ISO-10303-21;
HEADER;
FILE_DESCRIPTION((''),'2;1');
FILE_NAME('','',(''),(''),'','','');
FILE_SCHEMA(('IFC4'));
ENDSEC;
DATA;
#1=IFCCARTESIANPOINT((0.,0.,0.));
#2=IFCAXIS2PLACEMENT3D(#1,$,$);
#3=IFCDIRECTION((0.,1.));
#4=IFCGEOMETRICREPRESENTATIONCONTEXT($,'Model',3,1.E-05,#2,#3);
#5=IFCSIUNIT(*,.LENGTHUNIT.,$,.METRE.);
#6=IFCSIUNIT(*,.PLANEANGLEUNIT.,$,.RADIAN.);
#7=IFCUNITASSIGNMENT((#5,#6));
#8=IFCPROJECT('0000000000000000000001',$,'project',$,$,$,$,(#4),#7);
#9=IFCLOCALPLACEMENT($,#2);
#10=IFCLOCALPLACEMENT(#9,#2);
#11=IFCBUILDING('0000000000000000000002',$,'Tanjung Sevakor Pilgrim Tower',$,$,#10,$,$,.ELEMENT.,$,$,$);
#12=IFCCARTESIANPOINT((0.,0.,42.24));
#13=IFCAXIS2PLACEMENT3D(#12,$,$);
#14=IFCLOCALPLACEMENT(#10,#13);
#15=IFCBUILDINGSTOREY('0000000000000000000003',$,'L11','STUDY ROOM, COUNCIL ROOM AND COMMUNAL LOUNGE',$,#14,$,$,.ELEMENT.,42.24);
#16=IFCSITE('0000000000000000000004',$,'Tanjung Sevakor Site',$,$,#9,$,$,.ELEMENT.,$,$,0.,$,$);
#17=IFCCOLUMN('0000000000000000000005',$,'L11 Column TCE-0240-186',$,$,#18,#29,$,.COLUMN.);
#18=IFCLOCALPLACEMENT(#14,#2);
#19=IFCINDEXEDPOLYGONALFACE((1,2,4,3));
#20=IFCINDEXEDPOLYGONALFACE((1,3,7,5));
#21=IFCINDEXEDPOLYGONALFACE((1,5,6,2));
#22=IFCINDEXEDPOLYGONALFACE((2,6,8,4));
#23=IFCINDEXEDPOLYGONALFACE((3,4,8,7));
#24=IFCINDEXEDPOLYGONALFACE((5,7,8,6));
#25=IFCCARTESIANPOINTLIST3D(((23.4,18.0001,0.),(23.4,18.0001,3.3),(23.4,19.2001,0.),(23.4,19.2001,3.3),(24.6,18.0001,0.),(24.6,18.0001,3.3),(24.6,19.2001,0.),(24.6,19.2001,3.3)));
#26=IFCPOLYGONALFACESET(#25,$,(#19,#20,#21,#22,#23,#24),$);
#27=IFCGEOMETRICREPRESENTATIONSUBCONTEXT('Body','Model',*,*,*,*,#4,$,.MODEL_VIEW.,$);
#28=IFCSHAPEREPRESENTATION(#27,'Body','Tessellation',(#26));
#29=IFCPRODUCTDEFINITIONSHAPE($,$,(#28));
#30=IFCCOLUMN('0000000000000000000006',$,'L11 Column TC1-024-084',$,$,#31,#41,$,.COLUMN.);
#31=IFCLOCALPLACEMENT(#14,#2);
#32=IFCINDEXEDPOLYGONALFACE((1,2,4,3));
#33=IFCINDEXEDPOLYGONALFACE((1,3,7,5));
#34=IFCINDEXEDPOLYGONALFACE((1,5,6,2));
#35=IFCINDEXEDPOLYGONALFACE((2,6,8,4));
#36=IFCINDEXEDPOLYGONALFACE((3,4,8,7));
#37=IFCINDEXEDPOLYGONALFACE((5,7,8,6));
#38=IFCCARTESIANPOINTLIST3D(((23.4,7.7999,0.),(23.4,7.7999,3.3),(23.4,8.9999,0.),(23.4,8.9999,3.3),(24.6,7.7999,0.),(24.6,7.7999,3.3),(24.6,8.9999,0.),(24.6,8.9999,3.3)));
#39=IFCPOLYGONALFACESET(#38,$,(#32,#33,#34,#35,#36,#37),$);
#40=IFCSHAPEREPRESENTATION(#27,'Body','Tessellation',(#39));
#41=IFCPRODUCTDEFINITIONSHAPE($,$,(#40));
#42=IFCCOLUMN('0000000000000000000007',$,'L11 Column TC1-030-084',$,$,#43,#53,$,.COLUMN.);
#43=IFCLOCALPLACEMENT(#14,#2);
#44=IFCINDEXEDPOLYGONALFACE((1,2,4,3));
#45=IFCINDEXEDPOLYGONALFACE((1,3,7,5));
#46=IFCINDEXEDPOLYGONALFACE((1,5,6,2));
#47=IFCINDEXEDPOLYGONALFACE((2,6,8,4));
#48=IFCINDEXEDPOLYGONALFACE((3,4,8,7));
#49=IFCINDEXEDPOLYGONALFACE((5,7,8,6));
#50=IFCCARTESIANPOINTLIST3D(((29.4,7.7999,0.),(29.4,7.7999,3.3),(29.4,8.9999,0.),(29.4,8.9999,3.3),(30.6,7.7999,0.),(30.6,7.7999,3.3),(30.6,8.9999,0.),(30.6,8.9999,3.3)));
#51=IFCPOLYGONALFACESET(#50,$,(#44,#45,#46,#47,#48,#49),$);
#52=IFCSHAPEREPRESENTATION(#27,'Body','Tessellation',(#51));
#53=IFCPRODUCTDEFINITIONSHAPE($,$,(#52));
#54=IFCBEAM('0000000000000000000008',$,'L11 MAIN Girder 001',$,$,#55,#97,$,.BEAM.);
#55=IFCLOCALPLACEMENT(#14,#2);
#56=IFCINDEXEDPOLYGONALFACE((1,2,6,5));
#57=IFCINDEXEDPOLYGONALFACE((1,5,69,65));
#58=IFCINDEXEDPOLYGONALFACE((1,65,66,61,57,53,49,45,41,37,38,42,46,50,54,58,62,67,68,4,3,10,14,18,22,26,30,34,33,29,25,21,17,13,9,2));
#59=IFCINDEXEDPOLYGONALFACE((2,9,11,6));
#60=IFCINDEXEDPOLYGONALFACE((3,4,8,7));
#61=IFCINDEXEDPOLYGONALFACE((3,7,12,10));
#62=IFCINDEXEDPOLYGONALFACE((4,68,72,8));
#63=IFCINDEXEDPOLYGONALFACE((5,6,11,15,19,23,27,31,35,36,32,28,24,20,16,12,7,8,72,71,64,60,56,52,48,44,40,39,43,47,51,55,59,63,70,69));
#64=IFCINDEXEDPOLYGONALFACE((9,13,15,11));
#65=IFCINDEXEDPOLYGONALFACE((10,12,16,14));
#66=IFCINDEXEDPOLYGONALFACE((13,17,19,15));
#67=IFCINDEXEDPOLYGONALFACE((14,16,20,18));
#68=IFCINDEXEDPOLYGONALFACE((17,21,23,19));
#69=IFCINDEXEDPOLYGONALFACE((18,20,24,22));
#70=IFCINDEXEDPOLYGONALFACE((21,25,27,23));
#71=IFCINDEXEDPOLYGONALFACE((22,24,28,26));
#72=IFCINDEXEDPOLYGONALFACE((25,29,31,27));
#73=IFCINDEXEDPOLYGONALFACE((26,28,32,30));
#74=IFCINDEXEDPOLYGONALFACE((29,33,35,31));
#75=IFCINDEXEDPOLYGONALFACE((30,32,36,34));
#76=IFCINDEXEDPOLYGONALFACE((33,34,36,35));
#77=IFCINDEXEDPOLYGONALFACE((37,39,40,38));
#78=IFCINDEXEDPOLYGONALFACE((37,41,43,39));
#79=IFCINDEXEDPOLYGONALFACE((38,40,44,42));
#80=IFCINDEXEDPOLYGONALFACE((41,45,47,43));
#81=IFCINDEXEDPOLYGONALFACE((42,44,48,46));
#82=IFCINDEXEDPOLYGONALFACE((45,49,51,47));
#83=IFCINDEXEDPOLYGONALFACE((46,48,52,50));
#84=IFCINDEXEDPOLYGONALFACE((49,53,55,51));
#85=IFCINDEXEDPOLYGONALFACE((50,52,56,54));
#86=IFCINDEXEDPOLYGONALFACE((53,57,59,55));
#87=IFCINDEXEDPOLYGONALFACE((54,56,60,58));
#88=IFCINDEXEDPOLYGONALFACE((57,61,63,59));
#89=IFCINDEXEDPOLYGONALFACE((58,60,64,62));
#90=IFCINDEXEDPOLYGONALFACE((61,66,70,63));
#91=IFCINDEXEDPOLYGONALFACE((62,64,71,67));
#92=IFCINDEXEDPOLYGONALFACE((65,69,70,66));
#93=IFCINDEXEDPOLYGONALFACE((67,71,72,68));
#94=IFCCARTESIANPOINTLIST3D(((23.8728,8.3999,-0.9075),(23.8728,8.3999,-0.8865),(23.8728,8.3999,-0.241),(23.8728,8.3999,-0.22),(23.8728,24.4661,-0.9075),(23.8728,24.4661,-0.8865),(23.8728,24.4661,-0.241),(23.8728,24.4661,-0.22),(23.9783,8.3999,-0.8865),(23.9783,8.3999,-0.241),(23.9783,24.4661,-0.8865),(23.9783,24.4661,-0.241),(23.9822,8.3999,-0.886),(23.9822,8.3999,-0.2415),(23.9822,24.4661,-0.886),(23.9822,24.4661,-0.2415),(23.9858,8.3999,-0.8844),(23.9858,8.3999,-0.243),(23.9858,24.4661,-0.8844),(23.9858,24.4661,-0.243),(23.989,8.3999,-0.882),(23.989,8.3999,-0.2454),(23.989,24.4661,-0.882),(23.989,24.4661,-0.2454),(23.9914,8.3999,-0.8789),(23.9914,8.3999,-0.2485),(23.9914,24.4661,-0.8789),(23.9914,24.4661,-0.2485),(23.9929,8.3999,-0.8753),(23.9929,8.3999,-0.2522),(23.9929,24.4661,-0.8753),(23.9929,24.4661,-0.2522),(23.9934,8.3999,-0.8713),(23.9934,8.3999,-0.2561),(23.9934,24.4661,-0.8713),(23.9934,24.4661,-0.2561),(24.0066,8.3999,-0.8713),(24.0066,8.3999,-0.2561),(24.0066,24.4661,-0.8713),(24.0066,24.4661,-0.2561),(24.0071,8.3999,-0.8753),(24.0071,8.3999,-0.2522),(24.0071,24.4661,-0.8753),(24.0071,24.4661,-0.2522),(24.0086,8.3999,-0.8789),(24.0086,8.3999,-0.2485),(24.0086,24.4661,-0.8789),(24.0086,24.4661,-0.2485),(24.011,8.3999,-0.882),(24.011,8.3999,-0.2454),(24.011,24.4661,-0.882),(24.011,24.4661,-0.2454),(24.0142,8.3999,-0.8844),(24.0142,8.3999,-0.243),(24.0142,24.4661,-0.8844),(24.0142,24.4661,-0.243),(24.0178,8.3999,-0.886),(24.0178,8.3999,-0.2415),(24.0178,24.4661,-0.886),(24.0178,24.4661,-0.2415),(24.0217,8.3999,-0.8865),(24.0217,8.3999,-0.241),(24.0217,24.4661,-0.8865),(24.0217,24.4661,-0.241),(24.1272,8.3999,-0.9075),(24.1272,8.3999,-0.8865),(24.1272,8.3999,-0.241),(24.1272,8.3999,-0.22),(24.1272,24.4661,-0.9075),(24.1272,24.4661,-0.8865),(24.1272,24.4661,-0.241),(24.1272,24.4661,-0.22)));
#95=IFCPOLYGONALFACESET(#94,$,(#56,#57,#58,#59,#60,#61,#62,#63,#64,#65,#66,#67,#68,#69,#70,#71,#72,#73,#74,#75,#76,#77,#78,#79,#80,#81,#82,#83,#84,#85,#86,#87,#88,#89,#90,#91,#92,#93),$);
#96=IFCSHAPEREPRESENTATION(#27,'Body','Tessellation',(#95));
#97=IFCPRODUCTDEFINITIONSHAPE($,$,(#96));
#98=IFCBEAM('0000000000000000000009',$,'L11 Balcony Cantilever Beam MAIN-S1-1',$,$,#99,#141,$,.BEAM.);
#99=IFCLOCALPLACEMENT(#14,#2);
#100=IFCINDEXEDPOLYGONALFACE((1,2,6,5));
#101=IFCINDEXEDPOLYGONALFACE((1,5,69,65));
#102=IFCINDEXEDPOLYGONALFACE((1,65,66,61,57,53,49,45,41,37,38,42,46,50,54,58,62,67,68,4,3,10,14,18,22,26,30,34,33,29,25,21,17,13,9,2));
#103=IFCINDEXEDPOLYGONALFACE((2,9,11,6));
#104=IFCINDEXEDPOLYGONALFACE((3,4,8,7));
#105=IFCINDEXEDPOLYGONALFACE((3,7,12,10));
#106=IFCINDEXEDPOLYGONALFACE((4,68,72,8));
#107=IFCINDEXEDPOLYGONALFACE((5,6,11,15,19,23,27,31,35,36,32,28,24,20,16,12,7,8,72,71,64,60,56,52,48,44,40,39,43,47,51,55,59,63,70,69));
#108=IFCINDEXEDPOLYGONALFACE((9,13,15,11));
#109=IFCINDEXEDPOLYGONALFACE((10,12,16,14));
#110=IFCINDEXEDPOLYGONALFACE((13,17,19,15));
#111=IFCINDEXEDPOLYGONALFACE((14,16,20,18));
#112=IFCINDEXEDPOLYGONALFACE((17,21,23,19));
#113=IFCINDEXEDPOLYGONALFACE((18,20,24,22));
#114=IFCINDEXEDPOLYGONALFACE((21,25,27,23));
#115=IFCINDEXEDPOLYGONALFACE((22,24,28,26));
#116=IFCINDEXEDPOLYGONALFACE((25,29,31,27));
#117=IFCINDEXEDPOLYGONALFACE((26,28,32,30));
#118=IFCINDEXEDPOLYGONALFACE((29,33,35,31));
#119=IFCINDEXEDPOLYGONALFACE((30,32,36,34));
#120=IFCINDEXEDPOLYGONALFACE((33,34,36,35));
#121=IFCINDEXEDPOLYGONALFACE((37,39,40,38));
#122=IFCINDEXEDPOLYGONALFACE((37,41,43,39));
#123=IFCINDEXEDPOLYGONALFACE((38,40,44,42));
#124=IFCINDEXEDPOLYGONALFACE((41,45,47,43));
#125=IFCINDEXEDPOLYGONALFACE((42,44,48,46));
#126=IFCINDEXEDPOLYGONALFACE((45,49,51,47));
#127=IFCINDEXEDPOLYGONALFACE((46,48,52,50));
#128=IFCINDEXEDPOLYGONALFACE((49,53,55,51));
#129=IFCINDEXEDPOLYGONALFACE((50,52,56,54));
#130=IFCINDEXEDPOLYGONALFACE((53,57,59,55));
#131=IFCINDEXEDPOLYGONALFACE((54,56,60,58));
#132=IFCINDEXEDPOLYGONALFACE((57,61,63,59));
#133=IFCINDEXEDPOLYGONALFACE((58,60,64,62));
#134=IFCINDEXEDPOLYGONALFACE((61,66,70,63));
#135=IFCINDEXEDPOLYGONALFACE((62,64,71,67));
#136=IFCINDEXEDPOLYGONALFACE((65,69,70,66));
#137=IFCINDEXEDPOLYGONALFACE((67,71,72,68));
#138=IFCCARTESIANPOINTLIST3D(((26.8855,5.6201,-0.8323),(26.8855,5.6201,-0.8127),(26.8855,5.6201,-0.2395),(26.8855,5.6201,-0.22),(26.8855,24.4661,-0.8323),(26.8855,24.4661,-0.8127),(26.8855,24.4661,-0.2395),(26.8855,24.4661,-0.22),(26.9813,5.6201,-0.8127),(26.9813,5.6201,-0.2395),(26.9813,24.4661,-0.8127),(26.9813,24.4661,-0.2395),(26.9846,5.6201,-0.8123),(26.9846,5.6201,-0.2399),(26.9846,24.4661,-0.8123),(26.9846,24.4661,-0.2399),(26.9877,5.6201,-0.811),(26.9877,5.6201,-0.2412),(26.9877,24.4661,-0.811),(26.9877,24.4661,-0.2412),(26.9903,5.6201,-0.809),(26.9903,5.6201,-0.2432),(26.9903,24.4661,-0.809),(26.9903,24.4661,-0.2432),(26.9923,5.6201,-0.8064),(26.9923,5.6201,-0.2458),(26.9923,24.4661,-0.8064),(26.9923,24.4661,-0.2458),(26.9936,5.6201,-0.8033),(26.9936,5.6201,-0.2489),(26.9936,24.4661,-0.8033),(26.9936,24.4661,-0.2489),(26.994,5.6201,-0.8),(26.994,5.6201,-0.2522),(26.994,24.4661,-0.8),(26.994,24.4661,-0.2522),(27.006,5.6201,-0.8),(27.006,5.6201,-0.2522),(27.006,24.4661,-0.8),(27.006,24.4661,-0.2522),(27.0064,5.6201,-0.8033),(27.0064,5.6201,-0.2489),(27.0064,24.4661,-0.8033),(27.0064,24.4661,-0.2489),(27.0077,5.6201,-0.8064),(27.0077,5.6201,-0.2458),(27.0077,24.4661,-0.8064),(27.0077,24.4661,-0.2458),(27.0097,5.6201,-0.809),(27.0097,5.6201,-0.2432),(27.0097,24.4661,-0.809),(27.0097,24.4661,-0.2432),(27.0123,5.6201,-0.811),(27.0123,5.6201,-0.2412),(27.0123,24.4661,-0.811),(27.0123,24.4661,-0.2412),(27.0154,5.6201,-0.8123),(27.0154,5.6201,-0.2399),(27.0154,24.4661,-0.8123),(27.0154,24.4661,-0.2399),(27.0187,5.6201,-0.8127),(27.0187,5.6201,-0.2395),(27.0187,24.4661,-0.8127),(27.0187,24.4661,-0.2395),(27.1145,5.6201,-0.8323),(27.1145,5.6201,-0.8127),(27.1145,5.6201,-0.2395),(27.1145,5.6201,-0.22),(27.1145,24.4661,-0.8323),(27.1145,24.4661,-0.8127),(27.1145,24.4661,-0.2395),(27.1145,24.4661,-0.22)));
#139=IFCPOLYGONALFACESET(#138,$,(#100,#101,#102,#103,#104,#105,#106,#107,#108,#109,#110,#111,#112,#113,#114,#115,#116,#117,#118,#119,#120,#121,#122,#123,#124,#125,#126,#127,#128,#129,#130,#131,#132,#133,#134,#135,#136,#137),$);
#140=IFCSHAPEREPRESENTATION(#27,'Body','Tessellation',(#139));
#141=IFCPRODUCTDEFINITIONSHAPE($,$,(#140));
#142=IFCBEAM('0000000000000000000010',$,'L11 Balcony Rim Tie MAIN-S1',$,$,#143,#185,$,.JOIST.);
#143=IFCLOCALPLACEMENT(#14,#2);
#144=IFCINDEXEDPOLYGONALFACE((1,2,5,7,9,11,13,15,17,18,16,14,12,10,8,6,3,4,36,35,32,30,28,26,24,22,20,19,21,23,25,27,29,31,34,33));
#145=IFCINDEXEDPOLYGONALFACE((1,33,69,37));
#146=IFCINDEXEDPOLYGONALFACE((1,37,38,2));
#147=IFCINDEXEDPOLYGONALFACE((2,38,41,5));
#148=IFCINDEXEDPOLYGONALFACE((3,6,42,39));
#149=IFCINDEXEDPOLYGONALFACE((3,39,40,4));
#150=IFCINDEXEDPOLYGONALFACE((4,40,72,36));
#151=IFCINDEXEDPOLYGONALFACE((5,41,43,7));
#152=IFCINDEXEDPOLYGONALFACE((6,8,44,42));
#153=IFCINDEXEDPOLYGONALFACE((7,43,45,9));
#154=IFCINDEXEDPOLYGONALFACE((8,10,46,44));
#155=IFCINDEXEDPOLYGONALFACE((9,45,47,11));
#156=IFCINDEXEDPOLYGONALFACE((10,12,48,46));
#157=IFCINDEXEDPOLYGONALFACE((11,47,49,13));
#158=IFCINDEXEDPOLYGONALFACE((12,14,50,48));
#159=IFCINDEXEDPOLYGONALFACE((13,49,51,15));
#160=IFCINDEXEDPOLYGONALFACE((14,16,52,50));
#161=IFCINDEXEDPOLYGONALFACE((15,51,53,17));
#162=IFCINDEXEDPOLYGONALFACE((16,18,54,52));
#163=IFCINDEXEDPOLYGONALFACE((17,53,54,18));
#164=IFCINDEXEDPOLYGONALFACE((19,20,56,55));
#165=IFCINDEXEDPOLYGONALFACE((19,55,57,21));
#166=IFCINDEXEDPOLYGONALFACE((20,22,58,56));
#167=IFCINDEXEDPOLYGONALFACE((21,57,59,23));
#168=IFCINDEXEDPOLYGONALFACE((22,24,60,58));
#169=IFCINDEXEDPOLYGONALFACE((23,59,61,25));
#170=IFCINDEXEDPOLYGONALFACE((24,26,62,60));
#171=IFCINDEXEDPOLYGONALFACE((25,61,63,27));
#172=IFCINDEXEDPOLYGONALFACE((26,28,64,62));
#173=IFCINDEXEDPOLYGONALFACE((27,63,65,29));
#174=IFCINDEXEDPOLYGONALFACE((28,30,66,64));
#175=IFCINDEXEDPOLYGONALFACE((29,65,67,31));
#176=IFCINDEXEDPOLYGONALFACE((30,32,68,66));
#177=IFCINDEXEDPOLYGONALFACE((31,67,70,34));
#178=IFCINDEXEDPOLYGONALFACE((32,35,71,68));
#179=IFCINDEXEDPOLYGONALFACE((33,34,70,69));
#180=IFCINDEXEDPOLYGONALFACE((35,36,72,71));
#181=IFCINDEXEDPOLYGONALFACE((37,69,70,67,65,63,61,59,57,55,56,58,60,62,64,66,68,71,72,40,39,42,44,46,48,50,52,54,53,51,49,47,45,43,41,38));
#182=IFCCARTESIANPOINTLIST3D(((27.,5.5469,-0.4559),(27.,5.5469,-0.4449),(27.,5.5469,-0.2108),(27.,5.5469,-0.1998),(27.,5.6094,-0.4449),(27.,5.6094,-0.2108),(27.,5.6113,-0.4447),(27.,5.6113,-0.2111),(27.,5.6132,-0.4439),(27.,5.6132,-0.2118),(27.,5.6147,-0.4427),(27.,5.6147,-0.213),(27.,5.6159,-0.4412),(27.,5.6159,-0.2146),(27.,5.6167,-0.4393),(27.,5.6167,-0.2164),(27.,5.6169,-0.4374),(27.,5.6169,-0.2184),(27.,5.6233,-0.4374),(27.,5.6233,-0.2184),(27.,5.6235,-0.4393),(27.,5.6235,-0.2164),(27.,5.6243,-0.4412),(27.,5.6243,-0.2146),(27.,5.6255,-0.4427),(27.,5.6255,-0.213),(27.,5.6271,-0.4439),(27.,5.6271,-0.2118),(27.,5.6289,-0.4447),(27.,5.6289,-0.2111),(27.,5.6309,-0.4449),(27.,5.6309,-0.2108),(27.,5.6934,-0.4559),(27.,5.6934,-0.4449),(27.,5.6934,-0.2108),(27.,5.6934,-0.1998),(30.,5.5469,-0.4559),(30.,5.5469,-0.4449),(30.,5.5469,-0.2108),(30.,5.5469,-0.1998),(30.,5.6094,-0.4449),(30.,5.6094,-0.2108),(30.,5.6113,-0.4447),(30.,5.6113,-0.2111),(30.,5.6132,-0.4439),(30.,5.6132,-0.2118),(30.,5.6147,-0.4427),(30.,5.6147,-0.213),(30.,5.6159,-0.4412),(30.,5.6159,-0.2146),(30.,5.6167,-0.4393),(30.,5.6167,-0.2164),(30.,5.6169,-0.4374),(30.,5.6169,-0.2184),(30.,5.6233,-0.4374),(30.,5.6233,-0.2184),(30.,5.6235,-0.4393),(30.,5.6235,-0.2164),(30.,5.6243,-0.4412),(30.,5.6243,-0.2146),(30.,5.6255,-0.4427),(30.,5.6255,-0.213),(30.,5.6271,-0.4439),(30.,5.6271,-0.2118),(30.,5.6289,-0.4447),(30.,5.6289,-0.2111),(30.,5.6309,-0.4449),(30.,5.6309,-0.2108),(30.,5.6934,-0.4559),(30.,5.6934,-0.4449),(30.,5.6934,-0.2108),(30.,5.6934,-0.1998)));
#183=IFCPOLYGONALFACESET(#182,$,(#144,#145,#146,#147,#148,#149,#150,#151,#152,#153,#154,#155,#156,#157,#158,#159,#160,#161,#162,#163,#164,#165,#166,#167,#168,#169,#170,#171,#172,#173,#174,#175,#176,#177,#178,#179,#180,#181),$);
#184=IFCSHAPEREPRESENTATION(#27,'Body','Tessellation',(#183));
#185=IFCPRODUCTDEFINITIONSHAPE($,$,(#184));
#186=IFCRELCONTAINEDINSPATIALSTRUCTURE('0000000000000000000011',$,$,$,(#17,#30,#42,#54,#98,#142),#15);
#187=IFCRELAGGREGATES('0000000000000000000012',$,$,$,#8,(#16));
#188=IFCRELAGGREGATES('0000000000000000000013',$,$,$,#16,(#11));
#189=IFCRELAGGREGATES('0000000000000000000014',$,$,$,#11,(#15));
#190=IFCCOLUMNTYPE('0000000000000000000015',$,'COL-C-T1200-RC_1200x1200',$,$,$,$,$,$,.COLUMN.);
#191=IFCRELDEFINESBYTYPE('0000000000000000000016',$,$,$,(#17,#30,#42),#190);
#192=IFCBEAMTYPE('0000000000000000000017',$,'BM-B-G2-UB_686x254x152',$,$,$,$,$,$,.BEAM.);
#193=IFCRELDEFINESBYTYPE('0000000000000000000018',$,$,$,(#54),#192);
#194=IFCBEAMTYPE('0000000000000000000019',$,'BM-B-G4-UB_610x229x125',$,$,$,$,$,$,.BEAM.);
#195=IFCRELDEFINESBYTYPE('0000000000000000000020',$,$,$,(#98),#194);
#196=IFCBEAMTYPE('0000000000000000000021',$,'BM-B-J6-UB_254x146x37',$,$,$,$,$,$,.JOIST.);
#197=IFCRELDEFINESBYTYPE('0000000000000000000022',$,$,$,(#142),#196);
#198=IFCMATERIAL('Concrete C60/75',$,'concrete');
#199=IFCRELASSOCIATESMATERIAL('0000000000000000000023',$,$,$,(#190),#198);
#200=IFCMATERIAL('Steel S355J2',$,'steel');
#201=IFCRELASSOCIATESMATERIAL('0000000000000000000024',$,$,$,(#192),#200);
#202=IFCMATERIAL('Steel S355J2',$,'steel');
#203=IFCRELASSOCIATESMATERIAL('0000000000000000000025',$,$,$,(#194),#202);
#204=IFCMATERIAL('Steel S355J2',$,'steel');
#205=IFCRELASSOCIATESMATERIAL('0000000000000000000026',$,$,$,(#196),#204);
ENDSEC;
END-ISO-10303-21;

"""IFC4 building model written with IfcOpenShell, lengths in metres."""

from ifc_helpers import new_model, si_unit, direction, frame, origin, origin_2d, place, context, subcontext, project, spatial, rectangle, i_section, extrude, material, material_profile, profile_set, type_object, element, save


model = new_model("IFC4")

# Units and contexts
model_context = context("Model", 3, precision=1e-05, world=origin(), true_north=direction((0.0, 1.0)))
body_context = subcontext(model_context, "Body", "Model", "MODEL_VIEW")
ifc_project = project(units=[si_unit("LENGTHUNIT", "METRE"), si_unit("PLANEANGLEUNIT", "RADIAN")], contexts=[model_context])

# Site, building, storey
site_placement = place(None, origin())
site = spatial("IfcSite", under=ifc_project, at=site_placement, Name="Tanjung Sevakor Site", CompositionType="ELEMENT", RefElevation=0.0)
building_placement = place(site_placement, origin())
building = spatial("IfcBuilding", under=site, at=building_placement, Name="Tanjung Sevakor Pilgrim Tower", CompositionType="ELEMENT")
storey_placement = place(building_placement, frame((0.0, 0.0, 42.24)))
storey = spatial("IfcBuildingStorey", under=building, at=storey_placement, Name="L11", Description="STUDY ROOM, COUNCIL ROOM AND COMMUNAL LOUNGE", CompositionType="ELEMENT", Elevation=42.24)

# Columns
ifc_material_1 = material(Name="Concrete C60/75", Category="concrete")
ifc_material_profile_1 = material_profile(ifc_material_1, rectangle(XDim=1.2, YDim=1.2, at=origin_2d()))
ifc_profile_set_1 = profile_set([ifc_material_profile_1], Name="Concrete C60/75")
column_type = type_object("IfcColumnType", Name="COL-C-T1200-RC_1200x1200", PredefinedType="COLUMN", material=ifc_profile_set_1)
for number, where, z_axis, x_axis, name in (
    (1, (24.0, 18.6001, 0.0), (0.0, 0.0, 1.0), (1.0, 0.0, 0.0), "L11 Column TCE-0240-186"),
    (2, (24.0, 8.3999, 0.0), (0.0, 0.0, 1.0), (1.0, 0.0, 0.0), "L11 Column TC1-024-084"),
    (3, (30.0, 8.3999, 0.0), (0.0, 0.0, 1.0), (1.0, 0.0, 0.0), "L11 Column TC1-030-084"),
):
    element("IfcColumn", number, at=place(storey_placement, frame(where, z_axis=z_axis, x_axis=x_axis)), inside=storey, type_object=column_type, Name=name, PredefinedType="COLUMN", context=body_context, shape_type="SweptSolid", body=[
        extrude(rectangle(XDim=1.2, YDim=1.2, at=origin_2d()), origin(), (0.0, 0.0, 1.0), 3.3),
    ])

# Beams
ifc_material_2 = material(Name="Steel S355J2", Category="steel")
ifc_material_profile_2 = material_profile(ifc_material_2, i_section(OverallWidth=0.2544, OverallDepth=0.6875, WebThickness=0.0132, FlangeThickness=0.021, FilletRadius=0.0151, at=origin_2d()))
ifc_profile_set_2 = profile_set([ifc_material_profile_2], Name="Steel S355J2")
beam_type_1 = type_object("IfcBeamType", Name="BM-B-G2-UB_686x254x152", PredefinedType="BEAM", material=ifc_profile_set_2)
beam_1_placement = place(storey_placement, frame((24.0, 8.3999, -0.5637), z_axis=(0.0, 1.0, 0.0), x_axis=(-1.0, 0.0, 0.0)))
element("IfcBeam", 4, at=beam_1_placement, inside=storey, type_object=beam_type_1, Name="L11 MAIN Girder 001", PredefinedType="BEAM", context=body_context, shape_type="SweptSolid", body=[
    extrude(i_section(OverallWidth=0.2544, OverallDepth=0.6875, WebThickness=0.0132, FlangeThickness=0.021, FilletRadius=0.0151, at=origin_2d()), origin(), (0.0, 0.0, 1.0), 16.0662),
])
ifc_material_3 = material(Name="Steel S355J2", Category="steel")
ifc_material_profile_3 = material_profile(ifc_material_3, i_section(OverallWidth=0.229, OverallDepth=0.6123, WebThickness=0.012, FlangeThickness=0.0195, FilletRadius=0.0127, at=origin_2d()))
ifc_profile_set_3 = profile_set([ifc_material_profile_3], Name="Steel S355J2")
beam_type_2 = type_object("IfcBeamType", Name="BM-B-G4-UB_610x229x125", PredefinedType="BEAM", material=ifc_profile_set_3)
beam_2_placement = place(storey_placement, frame((27.0, 24.4661, -0.5261), z_axis=(0.0, -1.0, 0.0), x_axis=(1.0, 0.0, 0.0)))
element("IfcBeam", 5, at=beam_2_placement, inside=storey, type_object=beam_type_2, Name="L11 Balcony Cantilever Beam MAIN-S1-1", PredefinedType="BEAM", context=body_context, shape_type="SweptSolid", body=[
    extrude(i_section(OverallWidth=0.229, OverallDepth=0.6123, WebThickness=0.012, FlangeThickness=0.0195, FilletRadius=0.0127, at=origin_2d()), origin(), (0.0, 0.0, 1.0), 18.8459),
])
ifc_material_4 = material(Name="Steel S355J2", Category="steel")
ifc_material_profile_4 = material_profile(ifc_material_4, i_section(OverallWidth=0.1465, OverallDepth=0.2561, WebThickness=0.0063, FlangeThickness=0.011, FilletRadius=0.0076, at=origin_2d()))
ifc_profile_set_4 = profile_set([ifc_material_profile_4], Name="Steel S355J2")
beam_type_3 = type_object("IfcBeamType", Name="BM-B-J6-UB_254x146x37", PredefinedType="JOIST", material=ifc_profile_set_4)
beam_3_placement = place(storey_placement, frame((27.0, 5.6201, -0.3279), z_axis=(1.0, 0.0, 0.0), x_axis=(0.0, 1.0, 0.0)))
element("IfcBeam", 6, at=beam_3_placement, inside=storey, type_object=beam_type_3, Name="L11 Balcony Rim Tie MAIN-S1", PredefinedType="JOIST", context=body_context, shape_type="SweptSolid", body=[
    extrude(i_section(OverallWidth=0.1465, OverallDepth=0.2561, WebThickness=0.0063, FlangeThickness=0.011, FilletRadius=0.0076, at=origin_2d()), origin(), (0.0, 0.0, 1.0), 3.0),
])

save(model, "model.ifc")
